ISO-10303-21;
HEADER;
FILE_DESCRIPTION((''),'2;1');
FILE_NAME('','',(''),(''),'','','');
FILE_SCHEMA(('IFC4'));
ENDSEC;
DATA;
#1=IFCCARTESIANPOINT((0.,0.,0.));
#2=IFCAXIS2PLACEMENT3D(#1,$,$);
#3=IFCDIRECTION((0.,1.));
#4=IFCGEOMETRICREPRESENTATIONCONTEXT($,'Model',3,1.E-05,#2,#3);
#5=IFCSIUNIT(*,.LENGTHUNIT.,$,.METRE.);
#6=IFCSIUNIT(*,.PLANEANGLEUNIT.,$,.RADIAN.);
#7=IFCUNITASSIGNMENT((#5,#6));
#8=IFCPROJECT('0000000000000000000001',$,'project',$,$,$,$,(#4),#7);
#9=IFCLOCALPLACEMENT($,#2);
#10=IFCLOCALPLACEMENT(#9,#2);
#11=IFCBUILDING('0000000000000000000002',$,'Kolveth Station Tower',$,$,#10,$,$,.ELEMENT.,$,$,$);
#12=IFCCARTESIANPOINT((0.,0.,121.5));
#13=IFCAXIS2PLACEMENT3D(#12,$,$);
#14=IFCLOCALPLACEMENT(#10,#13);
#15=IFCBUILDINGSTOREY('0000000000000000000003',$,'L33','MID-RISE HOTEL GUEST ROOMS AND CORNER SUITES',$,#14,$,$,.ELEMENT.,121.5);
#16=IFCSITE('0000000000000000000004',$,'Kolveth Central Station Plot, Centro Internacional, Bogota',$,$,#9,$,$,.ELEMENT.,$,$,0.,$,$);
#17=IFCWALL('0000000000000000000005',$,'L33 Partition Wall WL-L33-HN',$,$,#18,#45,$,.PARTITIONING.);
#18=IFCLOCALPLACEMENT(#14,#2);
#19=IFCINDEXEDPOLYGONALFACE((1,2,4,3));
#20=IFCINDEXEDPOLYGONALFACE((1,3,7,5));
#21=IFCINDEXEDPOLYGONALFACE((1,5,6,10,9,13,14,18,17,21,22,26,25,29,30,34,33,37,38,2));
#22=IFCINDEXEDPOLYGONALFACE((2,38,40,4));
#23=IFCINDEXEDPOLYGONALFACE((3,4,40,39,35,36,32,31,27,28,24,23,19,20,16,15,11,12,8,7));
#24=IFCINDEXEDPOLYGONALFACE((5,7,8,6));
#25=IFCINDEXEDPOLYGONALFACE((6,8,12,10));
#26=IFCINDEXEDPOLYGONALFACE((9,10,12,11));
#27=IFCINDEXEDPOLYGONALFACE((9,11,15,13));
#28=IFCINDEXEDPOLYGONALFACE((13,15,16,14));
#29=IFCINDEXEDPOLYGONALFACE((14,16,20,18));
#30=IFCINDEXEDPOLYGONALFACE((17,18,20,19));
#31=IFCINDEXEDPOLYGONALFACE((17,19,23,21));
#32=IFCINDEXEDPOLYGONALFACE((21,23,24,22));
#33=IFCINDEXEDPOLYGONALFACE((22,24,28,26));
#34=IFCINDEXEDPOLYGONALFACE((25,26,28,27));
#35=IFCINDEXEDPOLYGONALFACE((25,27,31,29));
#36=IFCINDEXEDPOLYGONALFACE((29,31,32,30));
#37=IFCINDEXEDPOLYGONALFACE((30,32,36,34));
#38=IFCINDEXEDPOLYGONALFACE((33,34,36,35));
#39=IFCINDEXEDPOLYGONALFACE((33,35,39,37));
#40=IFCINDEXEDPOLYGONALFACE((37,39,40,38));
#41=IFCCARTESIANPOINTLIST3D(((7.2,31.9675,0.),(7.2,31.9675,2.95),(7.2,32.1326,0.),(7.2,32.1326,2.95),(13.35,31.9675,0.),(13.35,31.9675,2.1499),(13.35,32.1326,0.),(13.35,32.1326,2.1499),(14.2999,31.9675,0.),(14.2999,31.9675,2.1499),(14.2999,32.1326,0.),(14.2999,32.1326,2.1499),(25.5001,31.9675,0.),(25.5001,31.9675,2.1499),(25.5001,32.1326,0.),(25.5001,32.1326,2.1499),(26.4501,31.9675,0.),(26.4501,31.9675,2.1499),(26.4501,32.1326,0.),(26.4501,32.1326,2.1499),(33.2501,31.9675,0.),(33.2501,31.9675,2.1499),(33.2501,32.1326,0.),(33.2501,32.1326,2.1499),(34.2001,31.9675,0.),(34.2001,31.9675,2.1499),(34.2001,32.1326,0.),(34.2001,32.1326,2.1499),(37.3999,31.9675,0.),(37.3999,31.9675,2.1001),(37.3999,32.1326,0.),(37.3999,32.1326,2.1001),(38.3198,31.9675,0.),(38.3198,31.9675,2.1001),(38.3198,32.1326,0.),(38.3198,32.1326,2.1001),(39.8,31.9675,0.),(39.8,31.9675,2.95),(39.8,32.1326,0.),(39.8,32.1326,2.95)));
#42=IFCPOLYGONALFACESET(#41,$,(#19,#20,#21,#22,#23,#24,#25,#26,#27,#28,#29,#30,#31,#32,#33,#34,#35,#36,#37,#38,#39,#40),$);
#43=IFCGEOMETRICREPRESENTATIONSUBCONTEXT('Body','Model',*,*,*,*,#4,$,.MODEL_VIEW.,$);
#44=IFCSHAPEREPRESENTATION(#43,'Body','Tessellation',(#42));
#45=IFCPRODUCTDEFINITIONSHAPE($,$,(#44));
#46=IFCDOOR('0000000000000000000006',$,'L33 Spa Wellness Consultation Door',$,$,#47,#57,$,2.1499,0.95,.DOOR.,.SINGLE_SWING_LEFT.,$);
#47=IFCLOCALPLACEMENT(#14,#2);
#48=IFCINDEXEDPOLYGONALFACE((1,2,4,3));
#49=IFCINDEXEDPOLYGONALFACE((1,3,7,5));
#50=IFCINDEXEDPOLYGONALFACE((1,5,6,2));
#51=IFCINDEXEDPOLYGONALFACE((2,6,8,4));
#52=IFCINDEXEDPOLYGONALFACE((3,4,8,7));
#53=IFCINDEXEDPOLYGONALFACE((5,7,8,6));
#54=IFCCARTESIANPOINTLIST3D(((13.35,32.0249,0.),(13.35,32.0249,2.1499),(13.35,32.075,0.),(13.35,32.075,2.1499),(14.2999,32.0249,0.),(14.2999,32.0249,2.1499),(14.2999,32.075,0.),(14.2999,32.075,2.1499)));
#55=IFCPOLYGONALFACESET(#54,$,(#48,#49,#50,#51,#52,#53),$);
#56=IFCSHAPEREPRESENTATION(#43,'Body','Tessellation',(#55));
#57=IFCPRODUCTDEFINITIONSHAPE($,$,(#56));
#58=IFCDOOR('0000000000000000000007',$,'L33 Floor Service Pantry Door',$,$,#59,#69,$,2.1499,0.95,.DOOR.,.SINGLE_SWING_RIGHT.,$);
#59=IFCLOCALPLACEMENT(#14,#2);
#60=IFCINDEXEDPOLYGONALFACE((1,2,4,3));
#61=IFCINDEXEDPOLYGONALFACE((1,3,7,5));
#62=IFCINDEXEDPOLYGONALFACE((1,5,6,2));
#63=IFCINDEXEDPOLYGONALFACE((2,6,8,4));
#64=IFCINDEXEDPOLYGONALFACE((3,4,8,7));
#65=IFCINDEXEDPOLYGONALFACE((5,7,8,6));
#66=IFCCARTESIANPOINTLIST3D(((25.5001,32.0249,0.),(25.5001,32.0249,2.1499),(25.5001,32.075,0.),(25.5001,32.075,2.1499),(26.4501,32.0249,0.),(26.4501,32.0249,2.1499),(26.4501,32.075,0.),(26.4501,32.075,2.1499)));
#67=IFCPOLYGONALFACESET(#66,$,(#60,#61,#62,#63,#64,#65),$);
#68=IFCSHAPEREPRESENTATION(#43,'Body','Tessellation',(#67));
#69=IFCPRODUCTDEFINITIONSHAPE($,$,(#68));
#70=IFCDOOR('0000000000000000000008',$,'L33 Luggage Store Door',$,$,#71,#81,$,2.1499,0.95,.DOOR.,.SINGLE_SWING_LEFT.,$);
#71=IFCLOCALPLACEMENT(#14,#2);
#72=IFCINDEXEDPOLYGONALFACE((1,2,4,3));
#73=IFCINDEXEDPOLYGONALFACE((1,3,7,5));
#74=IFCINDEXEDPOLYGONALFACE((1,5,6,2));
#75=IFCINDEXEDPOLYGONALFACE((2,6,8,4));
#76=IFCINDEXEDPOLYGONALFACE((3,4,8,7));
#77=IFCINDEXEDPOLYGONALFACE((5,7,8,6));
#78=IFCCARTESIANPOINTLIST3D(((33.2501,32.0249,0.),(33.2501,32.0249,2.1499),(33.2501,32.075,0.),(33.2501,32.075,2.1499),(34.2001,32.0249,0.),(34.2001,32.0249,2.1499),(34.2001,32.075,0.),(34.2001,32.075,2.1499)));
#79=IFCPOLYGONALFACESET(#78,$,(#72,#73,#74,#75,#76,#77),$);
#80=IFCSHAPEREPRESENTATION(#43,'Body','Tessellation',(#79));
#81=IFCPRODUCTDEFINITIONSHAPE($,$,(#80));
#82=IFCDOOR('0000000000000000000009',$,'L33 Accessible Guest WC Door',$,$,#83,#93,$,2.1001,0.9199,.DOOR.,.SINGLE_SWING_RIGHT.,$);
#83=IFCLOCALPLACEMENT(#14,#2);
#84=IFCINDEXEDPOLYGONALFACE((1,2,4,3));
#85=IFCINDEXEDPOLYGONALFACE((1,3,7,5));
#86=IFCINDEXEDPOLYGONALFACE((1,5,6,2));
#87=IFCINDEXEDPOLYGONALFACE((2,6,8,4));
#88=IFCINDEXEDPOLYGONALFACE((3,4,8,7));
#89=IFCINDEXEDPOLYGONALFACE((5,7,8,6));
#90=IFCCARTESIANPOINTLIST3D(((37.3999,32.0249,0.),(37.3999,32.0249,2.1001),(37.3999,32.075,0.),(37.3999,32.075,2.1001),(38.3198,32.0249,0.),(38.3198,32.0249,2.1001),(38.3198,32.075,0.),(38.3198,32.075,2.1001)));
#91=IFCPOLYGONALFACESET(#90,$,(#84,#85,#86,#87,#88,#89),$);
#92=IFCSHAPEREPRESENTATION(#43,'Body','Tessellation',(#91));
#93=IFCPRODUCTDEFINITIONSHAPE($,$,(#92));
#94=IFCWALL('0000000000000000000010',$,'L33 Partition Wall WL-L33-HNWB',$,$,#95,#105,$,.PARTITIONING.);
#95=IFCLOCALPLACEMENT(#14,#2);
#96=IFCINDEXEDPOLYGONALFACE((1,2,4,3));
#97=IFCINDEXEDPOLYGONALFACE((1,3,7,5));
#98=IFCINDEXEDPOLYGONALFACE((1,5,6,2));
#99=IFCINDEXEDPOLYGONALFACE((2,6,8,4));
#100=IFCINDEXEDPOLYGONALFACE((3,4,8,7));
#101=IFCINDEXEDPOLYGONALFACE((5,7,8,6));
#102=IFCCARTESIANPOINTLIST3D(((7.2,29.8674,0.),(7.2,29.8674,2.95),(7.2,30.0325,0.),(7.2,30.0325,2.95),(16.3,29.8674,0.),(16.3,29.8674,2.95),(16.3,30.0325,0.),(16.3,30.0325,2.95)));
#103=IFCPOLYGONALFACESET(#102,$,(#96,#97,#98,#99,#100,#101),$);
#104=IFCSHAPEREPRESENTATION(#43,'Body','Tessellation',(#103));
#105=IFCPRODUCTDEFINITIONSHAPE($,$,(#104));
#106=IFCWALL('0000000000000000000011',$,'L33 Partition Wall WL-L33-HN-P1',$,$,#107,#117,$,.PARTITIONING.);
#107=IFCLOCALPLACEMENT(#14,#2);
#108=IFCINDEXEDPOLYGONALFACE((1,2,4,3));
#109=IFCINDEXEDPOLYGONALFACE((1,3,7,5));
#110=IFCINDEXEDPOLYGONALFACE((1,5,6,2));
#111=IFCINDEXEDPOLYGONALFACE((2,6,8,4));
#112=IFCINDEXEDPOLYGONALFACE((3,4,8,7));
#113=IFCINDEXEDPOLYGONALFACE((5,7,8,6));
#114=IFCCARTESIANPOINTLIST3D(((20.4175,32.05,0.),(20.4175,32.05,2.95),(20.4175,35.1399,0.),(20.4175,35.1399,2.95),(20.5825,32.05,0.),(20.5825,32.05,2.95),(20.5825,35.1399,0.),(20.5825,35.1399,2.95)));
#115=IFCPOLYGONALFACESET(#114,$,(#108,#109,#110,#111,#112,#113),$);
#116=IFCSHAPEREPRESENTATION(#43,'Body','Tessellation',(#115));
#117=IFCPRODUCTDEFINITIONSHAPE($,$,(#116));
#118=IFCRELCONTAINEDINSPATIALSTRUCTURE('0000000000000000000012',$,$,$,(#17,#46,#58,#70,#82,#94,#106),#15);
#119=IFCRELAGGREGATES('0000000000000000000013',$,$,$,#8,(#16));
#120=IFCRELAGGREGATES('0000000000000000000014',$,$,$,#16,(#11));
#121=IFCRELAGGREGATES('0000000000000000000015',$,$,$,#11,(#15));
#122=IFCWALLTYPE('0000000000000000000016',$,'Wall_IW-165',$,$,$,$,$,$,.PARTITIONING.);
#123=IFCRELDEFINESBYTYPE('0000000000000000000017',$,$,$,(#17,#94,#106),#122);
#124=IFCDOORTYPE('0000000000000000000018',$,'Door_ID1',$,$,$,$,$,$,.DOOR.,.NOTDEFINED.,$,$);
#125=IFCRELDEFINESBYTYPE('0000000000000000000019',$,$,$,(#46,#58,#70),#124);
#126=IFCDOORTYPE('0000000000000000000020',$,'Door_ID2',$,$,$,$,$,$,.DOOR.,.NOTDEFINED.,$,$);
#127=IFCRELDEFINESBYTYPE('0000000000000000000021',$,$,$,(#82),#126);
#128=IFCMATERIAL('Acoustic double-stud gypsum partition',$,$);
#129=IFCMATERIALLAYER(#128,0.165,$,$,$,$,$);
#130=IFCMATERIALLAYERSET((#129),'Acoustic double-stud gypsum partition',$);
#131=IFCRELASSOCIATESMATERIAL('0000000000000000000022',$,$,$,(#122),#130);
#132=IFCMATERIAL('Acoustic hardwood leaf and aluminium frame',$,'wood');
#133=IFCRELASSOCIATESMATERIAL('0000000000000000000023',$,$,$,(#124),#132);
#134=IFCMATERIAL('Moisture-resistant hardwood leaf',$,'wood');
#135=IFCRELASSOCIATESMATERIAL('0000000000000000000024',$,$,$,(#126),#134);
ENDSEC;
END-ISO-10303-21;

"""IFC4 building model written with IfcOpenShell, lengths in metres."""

from ifc_helpers import new_model, si_unit, direction, frame, frame_2d, origin, place, context, subcontext, project, spatial, rectangle, extrude, material, layer, layer_set, type_object, element, fill, save


model = new_model("IFC4")

# Units and contexts
model_context = context("Model", 3, precision=1e-05, world=origin(), true_north=direction((0.0, 1.0)))
body_context = subcontext(model_context, "Body", "Model", "MODEL_VIEW")
ifc_project = project(units=[si_unit("LENGTHUNIT", "METRE"), si_unit("PLANEANGLEUNIT", "RADIAN")], contexts=[model_context])

# Site, building, storey
site_placement = place(None, origin())
site = spatial("IfcSite", under=ifc_project, at=site_placement, Name="Kolveth Central Station Plot, Centro Internacional, Bogota", CompositionType="ELEMENT", RefElevation=0.0)
building_placement = place(site_placement, origin())
building = spatial("IfcBuilding", under=site, at=building_placement, Name="Kolveth Station Tower", CompositionType="ELEMENT")
storey_placement = place(building_placement, frame((0.0, 0.0, 121.5)))
storey = spatial("IfcBuildingStorey", under=building, at=storey_placement, Name="L33", Description="MID-RISE HOTEL GUEST ROOMS AND CORNER SUITES", CompositionType="ELEMENT", Elevation=121.5)

# Shared definitions
ifc_material_1 = material(Name="Acoustic double-stud gypsum partition")
ifc_layer_1 = layer(ifc_material_1, 0.165)
ifc_layer_set_1 = layer_set([ifc_layer_1], Name="Acoustic double-stud gypsum partition")
wall_type_1 = type_object("IfcWallType", Name="Wall_IW-165", PredefinedType="PARTITIONING", material=ifc_layer_set_1)

# Wall, openings, doors
wall_1_placement = place(storey_placement, frame((7.2, 32.05, 0.0), z_axis=(0.0, 0.0, 1.0), x_axis=(1.0, 0.0, 0.0)))
wall_1 = element("IfcWall", 1, at=wall_1_placement, inside=storey, type_object=wall_type_1, Name="L33 Partition Wall WL-L33-HN", PredefinedType="PARTITIONING", context=body_context, shape_type="SweptSolid", body=[
    extrude(rectangle(XDim=32.6001, YDim=0.165, at=frame_2d((16.3, 0.0))), origin(), (0.0, 0.0, 1.0), 2.95),
])
opening_1_placement = place(wall_1_placement, frame((6.1499, 0.0, 0.0)))
opening_1 = element("IfcOpeningElement", 2, at=opening_1_placement, cuts=wall_1, PredefinedType="OPENING", context=body_context, shape_type="SweptSolid", body=[
    extrude(rectangle(XDim=0.95, YDim=2.1499, at=frame_2d((0.4751, 1.075))), frame((0.0, 0.0925, 0.0), z_axis=(0.0, -1.0, 0.0), x_axis=(1.0, 0.0, 0.0)), (0.0, 0.0, 1.0), 0.1851),
])
opening_2_placement = place(wall_1_placement, frame((18.3, 0.0, 0.0)))
opening_2 = element("IfcOpeningElement", 3, at=opening_2_placement, cuts=wall_1, PredefinedType="OPENING", context=body_context, shape_type="SweptSolid", body=[
    extrude(rectangle(XDim=0.95, YDim=2.1499, at=frame_2d((0.4751, 1.075))), frame((0.0, 0.0925, 0.0), z_axis=(0.0, -1.0, 0.0), x_axis=(1.0, 0.0, 0.0)), (0.0, 0.0, 1.0), 0.1851),
])
opening_3_placement = place(wall_1_placement, frame((26.05, 0.0, 0.0)))
opening_3 = element("IfcOpeningElement", 4, at=opening_3_placement, cuts=wall_1, PredefinedType="OPENING", context=body_context, shape_type="SweptSolid", body=[
    extrude(rectangle(XDim=0.95, YDim=2.1499, at=frame_2d((0.4751, 1.075))), frame((0.0, 0.0925, 0.0), z_axis=(0.0, -1.0, 0.0), x_axis=(1.0, 0.0, 0.0)), (0.0, 0.0, 1.0), 0.1851),
])
opening_4_placement = place(wall_1_placement, frame((30.2, 0.0, 0.0)))
opening_4 = element("IfcOpeningElement", 5, at=opening_4_placement, cuts=wall_1, PredefinedType="OPENING", context=body_context, shape_type="SweptSolid", body=[
    extrude(rectangle(XDim=0.9199, YDim=2.1001, at=frame_2d((0.46, 1.05))), frame((0.0, 0.0925, 0.0), z_axis=(0.0, -1.0, 0.0), x_axis=(1.0, 0.0, 0.0)), (0.0, 0.0, 1.0), 0.1851),
])
ifc_material_2 = material(Name="Acoustic hardwood leaf and aluminium frame", Category="wood")
door_type_1 = type_object("IfcDoorType", Name="Door_ID1", OperationType="NOTDEFINED", PredefinedType="DOOR", material=ifc_material_2)
door_1_placement = place(opening_1_placement, origin())
door_1 = element("IfcDoor", 6, at=door_1_placement, inside=storey, type_object=door_type_1, Name="L33 Spa Wellness Consultation Door", OperationType="SINGLE_SWING_LEFT", OverallHeight=2.1499, OverallWidth=0.95, PredefinedType="DOOR", context=body_context, shape_type="SweptSolid", body=[
    extrude(rectangle(XDim=0.95, YDim=2.1499, at=frame_2d((0.4751, 1.075))), frame((0.0, 0.0249, 0.0), z_axis=(0.0, -1.0, 0.0), x_axis=(1.0, 0.0, 0.0)), (0.0, 0.0, 1.0), 0.05),
])
fill(opening_1, door_1)
door_2_placement = place(opening_2_placement, origin())
door_2 = element("IfcDoor", 7, at=door_2_placement, inside=storey, type_object=door_type_1, Name="L33 Floor Service Pantry Door", OperationType="SINGLE_SWING_RIGHT", OverallHeight=2.1499, OverallWidth=0.95, PredefinedType="DOOR", context=body_context, shape_type="SweptSolid", body=[
    extrude(rectangle(XDim=0.95, YDim=2.1499, at=frame_2d((0.4751, 1.075))), frame((0.0, 0.0249, 0.0), z_axis=(0.0, -1.0, 0.0), x_axis=(1.0, 0.0, 0.0)), (0.0, 0.0, 1.0), 0.05),
])
fill(opening_2, door_2)
door_3_placement = place(opening_3_placement, origin())
door_3 = element("IfcDoor", 8, at=door_3_placement, inside=storey, type_object=door_type_1, Name="L33 Luggage Store Door", OperationType="SINGLE_SWING_LEFT", OverallHeight=2.1499, OverallWidth=0.95, PredefinedType="DOOR", context=body_context, shape_type="SweptSolid", body=[
    extrude(rectangle(XDim=0.95, YDim=2.1499, at=frame_2d((0.4751, 1.075))), frame((0.0, 0.0249, 0.0), z_axis=(0.0, -1.0, 0.0), x_axis=(1.0, 0.0, 0.0)), (0.0, 0.0, 1.0), 0.05),
])
fill(opening_3, door_3)
ifc_material_3 = material(Name="Moisture-resistant hardwood leaf", Category="wood")
door_type_2 = type_object("IfcDoorType", Name="Door_ID2", OperationType="NOTDEFINED", PredefinedType="DOOR", material=ifc_material_3)
door_4_placement = place(opening_4_placement, origin())
door_4 = element("IfcDoor", 9, at=door_4_placement, inside=storey, type_object=door_type_2, Name="L33 Accessible Guest WC Door", OperationType="SINGLE_SWING_RIGHT", OverallHeight=2.1001, OverallWidth=0.9199, PredefinedType="DOOR", context=body_context, shape_type="SweptSolid", body=[
    extrude(rectangle(XDim=0.9199, YDim=2.1001, at=frame_2d((0.46, 1.05))), frame((0.0, 0.0249, 0.0), z_axis=(0.0, -1.0, 0.0), x_axis=(1.0, 0.0, 0.0)), (0.0, 0.0, 1.0), 0.05),
])
fill(opening_4, door_4)

# Wall
wall_2_placement = place(storey_placement, frame((7.2, 29.95, 0.0), z_axis=(0.0, 0.0, 1.0), x_axis=(1.0, 0.0, 0.0)))
element("IfcWall", 10, at=wall_2_placement, inside=storey, type_object=wall_type_1, Name="L33 Partition Wall WL-L33-HNWB", PredefinedType="PARTITIONING", context=body_context, shape_type="SweptSolid", body=[
    extrude(rectangle(XDim=9.1001, YDim=0.165, at=frame_2d((4.55, 0.0))), origin(), (0.0, 0.0, 1.0), 2.95),
])

# Wall
wall_3_placement = place(storey_placement, frame((20.5, 32.05, 0.0), z_axis=(0.0, 0.0, 1.0), x_axis=(0.0, 1.0, 0.0)))
element("IfcWall", 11, at=wall_3_placement, inside=storey, type_object=wall_type_1, Name="L33 Partition Wall WL-L33-HN-P1", PredefinedType="PARTITIONING", context=body_context, shape_type="SweptSolid", body=[
    extrude(rectangle(XDim=3.0898, YDim=0.165, at=frame_2d((1.5449, 0.0))), origin(), (0.0, 0.0, 1.0), 2.95),
])

save(model, "model.ifc")
